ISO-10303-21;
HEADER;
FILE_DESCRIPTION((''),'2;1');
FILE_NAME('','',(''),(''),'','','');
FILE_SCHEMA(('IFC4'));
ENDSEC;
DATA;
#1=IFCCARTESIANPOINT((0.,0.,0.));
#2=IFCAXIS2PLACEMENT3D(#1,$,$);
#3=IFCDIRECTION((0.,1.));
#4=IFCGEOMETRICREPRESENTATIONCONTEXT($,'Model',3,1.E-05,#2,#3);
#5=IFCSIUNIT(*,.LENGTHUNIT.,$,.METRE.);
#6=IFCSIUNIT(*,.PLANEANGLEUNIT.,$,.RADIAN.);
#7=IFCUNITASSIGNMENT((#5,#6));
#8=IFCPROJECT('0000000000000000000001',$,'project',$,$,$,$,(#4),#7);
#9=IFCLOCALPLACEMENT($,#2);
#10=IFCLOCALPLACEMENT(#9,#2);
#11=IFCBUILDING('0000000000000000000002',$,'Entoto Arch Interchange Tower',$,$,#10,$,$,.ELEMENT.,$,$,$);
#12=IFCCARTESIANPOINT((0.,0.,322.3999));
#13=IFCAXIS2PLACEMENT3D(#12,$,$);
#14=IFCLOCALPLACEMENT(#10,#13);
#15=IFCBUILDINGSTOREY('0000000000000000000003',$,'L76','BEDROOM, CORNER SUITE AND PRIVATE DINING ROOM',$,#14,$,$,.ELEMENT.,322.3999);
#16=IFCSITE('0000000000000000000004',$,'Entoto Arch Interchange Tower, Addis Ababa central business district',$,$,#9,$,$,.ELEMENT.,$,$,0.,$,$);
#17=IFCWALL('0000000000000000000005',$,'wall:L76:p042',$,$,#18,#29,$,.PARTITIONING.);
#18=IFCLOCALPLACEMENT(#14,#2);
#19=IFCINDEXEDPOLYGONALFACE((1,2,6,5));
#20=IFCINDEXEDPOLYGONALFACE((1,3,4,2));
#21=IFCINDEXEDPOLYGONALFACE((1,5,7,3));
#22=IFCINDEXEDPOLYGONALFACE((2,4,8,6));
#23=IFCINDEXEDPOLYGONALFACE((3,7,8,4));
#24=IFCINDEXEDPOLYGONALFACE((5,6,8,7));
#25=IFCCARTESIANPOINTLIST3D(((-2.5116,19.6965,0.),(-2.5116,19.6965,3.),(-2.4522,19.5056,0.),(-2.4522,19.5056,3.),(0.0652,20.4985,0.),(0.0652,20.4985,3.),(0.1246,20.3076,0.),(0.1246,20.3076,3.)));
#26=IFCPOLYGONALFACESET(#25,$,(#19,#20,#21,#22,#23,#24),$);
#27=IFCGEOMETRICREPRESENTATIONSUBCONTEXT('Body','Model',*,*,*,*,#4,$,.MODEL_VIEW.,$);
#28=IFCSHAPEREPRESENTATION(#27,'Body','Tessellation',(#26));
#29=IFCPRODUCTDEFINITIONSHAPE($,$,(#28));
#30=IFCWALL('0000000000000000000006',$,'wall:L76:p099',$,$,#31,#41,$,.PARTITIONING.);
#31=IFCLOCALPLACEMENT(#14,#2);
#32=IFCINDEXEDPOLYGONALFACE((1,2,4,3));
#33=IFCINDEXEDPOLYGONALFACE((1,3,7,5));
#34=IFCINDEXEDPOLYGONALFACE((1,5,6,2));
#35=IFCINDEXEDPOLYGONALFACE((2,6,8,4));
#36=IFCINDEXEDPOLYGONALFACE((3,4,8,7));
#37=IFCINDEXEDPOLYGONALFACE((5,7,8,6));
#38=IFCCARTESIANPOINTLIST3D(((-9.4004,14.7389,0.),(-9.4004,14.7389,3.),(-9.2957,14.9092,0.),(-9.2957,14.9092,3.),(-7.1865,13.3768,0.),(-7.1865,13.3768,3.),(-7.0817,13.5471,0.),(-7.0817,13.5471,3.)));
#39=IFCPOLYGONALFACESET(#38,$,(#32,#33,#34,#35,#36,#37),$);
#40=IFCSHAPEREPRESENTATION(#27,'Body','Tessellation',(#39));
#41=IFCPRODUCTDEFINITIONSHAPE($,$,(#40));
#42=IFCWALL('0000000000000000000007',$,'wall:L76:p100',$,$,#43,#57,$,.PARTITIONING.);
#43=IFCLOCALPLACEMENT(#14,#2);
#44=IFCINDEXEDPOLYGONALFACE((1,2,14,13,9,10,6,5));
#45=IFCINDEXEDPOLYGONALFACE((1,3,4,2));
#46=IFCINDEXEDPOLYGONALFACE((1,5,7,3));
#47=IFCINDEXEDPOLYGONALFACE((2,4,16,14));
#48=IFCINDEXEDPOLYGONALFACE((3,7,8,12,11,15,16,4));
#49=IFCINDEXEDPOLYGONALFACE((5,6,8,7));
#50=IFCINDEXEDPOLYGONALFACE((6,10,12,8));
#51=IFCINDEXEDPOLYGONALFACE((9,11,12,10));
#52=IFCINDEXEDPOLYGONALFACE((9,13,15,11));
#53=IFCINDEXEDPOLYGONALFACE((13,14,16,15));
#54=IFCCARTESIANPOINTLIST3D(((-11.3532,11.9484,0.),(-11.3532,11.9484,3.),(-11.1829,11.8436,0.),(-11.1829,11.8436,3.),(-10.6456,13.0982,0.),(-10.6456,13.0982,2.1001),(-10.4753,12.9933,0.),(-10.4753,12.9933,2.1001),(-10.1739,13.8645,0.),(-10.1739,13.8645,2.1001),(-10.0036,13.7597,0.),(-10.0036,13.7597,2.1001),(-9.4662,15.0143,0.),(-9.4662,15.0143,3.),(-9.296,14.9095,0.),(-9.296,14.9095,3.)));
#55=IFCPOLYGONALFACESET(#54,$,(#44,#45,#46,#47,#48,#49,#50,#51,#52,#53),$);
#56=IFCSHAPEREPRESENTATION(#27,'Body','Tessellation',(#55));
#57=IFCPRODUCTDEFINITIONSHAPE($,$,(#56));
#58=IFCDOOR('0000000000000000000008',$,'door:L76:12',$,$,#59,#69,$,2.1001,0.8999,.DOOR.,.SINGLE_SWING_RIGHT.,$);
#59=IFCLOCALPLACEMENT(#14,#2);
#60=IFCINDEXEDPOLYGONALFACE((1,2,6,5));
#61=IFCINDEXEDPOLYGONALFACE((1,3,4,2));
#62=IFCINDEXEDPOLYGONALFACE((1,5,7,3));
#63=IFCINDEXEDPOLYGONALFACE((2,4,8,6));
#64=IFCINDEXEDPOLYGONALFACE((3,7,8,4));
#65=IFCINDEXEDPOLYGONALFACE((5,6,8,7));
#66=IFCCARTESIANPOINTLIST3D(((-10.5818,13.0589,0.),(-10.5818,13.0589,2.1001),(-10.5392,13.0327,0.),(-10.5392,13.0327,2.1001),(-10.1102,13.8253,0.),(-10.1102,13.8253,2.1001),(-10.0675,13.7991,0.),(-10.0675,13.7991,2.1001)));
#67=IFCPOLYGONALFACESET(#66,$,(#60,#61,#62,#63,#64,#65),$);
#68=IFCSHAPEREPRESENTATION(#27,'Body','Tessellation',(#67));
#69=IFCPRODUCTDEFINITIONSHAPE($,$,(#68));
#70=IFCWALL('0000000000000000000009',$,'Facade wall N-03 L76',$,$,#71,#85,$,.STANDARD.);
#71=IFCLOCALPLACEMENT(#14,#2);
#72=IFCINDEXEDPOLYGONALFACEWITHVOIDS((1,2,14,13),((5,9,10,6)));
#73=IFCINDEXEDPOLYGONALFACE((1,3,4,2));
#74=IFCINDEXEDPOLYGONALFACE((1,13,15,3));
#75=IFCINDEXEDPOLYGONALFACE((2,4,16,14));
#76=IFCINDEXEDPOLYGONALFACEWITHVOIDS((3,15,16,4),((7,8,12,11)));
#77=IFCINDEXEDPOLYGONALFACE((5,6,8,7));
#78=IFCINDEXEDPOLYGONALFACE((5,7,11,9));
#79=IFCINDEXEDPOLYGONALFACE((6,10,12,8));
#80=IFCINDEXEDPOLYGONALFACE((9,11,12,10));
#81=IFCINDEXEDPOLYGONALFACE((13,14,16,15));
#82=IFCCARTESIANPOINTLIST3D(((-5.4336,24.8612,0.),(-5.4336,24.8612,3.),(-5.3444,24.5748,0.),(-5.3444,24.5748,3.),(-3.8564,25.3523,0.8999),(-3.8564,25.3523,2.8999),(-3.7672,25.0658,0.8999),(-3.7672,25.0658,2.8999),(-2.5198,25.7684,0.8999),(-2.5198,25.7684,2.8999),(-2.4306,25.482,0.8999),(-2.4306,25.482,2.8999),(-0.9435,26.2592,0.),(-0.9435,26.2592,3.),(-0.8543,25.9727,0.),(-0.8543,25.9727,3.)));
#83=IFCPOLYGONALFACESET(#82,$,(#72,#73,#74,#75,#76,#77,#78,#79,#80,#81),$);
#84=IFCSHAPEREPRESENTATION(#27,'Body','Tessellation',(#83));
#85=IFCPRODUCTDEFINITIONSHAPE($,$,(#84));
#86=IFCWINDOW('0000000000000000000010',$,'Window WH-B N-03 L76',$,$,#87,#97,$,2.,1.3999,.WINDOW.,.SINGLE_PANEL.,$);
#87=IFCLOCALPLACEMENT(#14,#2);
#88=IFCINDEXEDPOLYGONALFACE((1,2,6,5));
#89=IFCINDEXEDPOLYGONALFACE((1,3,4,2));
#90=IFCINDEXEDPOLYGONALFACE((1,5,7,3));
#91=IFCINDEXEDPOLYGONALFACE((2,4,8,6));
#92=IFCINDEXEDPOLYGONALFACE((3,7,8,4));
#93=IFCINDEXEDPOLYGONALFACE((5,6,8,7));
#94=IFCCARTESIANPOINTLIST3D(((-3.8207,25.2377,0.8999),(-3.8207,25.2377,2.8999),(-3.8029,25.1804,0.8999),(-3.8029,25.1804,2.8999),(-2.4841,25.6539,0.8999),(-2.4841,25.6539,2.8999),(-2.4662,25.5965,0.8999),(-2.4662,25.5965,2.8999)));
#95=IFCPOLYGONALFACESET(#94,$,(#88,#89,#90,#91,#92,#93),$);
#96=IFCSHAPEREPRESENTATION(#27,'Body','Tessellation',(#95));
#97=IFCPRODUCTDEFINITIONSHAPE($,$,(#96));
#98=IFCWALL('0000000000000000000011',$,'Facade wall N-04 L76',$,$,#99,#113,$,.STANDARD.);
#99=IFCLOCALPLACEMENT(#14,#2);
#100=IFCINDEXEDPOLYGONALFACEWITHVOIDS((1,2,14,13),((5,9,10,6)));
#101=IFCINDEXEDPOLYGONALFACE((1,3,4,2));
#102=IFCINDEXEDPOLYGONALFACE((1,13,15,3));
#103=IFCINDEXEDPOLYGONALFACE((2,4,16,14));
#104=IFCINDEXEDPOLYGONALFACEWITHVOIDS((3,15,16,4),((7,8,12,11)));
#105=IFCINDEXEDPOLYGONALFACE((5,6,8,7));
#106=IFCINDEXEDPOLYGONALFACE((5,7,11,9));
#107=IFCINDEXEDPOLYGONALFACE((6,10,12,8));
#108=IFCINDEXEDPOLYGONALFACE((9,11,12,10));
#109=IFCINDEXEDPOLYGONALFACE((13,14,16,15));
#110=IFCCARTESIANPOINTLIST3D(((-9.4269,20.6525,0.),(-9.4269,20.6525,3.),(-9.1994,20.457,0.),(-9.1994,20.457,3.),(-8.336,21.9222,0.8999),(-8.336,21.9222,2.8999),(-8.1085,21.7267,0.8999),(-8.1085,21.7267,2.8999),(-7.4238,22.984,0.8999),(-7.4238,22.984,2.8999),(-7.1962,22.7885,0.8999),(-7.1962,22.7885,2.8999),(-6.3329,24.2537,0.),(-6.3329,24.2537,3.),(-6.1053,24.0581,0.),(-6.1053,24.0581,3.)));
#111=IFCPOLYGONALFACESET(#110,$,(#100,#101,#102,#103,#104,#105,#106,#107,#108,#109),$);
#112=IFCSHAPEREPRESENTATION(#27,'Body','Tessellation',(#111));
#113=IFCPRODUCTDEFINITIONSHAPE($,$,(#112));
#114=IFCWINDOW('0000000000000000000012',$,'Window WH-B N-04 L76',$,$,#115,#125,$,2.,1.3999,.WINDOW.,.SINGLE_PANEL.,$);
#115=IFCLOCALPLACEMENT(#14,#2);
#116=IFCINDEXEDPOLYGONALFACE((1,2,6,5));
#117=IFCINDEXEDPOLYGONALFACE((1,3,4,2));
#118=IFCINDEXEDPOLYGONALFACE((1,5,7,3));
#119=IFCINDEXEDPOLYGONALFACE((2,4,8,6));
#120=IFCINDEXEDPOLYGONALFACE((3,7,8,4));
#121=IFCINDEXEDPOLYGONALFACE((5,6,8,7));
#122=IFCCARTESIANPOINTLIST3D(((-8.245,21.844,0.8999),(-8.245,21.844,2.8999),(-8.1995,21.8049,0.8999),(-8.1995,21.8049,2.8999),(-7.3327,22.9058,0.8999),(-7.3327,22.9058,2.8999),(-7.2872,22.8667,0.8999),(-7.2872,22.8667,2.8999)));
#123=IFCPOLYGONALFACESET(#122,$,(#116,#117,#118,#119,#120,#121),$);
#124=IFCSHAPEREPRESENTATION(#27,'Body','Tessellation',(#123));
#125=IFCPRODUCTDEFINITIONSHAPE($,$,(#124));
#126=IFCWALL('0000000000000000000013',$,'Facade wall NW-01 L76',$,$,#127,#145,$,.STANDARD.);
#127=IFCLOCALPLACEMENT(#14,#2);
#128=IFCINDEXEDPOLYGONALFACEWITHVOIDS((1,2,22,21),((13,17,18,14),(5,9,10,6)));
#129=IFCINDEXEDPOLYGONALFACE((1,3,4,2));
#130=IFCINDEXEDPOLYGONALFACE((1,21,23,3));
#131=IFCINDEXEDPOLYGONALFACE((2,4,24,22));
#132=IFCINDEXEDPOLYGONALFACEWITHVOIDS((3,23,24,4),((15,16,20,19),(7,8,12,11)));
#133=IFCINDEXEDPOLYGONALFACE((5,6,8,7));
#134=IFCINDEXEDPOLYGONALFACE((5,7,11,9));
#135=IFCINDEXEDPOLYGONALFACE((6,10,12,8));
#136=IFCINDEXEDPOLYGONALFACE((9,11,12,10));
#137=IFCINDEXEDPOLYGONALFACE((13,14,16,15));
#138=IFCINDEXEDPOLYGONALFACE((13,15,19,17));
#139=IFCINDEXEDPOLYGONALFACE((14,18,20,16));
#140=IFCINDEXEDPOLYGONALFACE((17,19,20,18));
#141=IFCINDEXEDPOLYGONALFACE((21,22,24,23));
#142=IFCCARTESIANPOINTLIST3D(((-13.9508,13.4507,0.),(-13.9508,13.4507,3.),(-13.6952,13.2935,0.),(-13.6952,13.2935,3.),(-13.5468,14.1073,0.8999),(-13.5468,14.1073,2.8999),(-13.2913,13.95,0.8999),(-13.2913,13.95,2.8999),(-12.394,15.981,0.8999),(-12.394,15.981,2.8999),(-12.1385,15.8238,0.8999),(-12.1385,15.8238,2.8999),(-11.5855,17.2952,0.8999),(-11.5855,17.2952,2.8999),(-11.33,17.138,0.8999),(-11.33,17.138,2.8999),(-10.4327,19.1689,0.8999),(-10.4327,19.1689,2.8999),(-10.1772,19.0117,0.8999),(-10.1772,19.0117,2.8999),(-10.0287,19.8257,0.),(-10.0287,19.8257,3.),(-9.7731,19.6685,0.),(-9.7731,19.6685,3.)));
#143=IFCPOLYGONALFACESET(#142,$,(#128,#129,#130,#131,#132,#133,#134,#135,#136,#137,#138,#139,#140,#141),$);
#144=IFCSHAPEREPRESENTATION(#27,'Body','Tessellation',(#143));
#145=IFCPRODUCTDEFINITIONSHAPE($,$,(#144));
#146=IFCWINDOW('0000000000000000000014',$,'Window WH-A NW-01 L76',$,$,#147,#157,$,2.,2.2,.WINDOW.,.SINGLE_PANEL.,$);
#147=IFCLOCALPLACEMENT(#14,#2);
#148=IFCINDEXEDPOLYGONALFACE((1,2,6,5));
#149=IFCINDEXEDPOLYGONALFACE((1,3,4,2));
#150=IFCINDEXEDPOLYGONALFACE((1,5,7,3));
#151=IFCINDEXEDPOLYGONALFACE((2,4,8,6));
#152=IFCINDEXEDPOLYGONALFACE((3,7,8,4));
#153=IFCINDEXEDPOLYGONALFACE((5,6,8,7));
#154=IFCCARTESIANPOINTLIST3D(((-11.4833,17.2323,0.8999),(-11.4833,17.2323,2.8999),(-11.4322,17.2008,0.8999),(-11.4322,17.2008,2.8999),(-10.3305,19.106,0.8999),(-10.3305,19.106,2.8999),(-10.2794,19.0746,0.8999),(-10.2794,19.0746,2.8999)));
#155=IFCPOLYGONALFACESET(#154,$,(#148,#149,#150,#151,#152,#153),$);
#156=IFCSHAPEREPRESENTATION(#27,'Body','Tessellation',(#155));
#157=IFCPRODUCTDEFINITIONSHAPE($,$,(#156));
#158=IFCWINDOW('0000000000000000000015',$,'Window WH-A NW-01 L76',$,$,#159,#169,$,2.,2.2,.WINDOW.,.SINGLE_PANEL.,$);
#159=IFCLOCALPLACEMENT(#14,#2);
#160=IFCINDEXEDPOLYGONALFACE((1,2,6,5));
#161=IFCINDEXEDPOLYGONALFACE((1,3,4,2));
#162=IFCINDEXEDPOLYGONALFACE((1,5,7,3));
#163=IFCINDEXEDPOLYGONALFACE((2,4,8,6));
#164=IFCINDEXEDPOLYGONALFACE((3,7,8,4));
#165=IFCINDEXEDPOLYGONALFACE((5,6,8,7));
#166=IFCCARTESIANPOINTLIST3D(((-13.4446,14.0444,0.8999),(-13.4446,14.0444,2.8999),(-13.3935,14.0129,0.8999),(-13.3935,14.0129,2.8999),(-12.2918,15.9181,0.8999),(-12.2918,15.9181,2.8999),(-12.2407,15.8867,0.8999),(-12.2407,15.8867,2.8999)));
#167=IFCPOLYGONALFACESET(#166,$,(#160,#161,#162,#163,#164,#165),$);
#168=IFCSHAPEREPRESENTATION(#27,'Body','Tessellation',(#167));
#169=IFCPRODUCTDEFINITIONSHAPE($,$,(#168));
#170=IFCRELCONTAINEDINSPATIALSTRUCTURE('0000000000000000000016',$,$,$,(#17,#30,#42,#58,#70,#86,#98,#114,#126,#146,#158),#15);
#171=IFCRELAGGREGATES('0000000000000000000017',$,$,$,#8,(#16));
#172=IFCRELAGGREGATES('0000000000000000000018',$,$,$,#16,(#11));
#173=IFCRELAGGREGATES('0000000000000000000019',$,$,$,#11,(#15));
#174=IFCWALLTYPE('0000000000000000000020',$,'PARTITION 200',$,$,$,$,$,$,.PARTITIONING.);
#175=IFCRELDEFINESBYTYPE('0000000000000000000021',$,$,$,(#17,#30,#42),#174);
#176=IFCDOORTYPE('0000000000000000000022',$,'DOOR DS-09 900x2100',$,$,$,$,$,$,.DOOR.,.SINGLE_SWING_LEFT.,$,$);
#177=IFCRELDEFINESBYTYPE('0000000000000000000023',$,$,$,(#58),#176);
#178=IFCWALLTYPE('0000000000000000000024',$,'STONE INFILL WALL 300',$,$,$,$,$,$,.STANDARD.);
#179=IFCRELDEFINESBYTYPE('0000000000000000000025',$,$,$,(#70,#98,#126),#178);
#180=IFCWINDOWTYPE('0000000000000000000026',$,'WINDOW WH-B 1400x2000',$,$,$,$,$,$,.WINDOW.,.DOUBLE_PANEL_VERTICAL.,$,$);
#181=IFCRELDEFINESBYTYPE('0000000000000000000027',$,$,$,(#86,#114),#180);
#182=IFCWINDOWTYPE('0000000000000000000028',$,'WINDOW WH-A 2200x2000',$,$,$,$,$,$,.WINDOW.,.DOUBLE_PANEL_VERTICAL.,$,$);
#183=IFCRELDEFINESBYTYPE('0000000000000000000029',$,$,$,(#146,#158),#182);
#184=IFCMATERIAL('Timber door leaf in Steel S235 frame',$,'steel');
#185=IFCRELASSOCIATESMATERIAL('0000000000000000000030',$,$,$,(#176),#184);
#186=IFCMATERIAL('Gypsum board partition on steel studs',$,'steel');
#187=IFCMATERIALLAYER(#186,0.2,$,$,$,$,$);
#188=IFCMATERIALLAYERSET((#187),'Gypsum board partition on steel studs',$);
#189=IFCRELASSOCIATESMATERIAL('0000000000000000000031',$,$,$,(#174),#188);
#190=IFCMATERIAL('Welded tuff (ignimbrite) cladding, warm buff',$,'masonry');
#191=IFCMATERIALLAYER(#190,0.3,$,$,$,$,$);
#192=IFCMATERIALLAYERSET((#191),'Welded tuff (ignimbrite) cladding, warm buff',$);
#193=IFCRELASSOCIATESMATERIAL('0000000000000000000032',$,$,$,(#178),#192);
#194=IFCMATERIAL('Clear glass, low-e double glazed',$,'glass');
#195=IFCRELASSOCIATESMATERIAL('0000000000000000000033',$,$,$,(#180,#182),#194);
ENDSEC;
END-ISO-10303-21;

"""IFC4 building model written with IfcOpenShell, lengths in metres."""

from ifc_helpers import new_model, si_unit, direction, frame, frame_2d, origin, place, context, subcontext, project, spatial, rectangle, extrude, material, layer, layer_set, type_object, element, fill, save


model = new_model("IFC4")

# Units and contexts
model_context = context("Model", 3, precision=1e-05, world=origin(), true_north=direction((0.0, 1.0)))
body_context = subcontext(model_context, "Body", "Model", "MODEL_VIEW")
ifc_project = project(units=[si_unit("LENGTHUNIT", "METRE"), si_unit("PLANEANGLEUNIT", "RADIAN")], contexts=[model_context])

# Site, building, storey
site_placement = place(None, origin())
site = spatial("IfcSite", under=ifc_project, at=site_placement, Name="Entoto Arch Interchange Tower, Addis Ababa central business district", CompositionType="ELEMENT", RefElevation=0.0)
building_placement = place(site_placement, origin())
building = spatial("IfcBuilding", under=site, at=building_placement, Name="Entoto Arch Interchange Tower", CompositionType="ELEMENT")
storey_placement = place(building_placement, frame((0.0, 0.0, 322.3999)))
storey = spatial("IfcBuildingStorey", under=building, at=storey_placement, Name="L76", Description="BEDROOM, CORNER SUITE AND PRIVATE DINING ROOM", CompositionType="ELEMENT", Elevation=322.3999)

# Shared definitions
ifc_material_1 = material(Name="Gypsum board partition on steel studs", Category="steel")
ifc_material_2 = material(Name="Timber door leaf in Steel S235 frame", Category="steel")
door_type_1 = type_object("IfcDoorType", Name="DOOR DS-09 900x2100", OperationType="SINGLE_SWING_LEFT", PredefinedType="DOOR", material=ifc_material_2)

# Shared definitions
ifc_layer_1 = layer(ifc_material_1, 0.2)
ifc_layer_set_1 = layer_set([ifc_layer_1], Name="Gypsum board partition on steel studs")
wall_type_1 = type_object("IfcWallType", Name="PARTITION 200", PredefinedType="PARTITIONING", material=ifc_layer_set_1)

# Walls
wall_1_placement = place(storey_placement, frame((-2.4819, 19.6011, 0.0), z_axis=(0.0, 0.0, 1.0), x_axis=(0.954825, 0.297167, 0.0)))
element("IfcWall", 1, at=wall_1_placement, inside=storey, type_object=wall_type_1, Name="wall:L76:p042", PredefinedType="PARTITIONING", context=body_context, shape_type="SweptSolid", body=[
    extrude(rectangle(XDim=2.6987, YDim=0.2, at=frame_2d((1.3494, 0.0))), origin(), (0.0, 0.0, 1.0), 3.0),
])
wall_2_placement = place(storey_placement, frame((-7.134, 13.4619, 0.0), z_axis=(0.0, 0.0, 1.0), x_axis=(-0.851713, 0.524008, 0.0)))
element("IfcWall", 2, at=wall_2_placement, inside=storey, type_object=wall_type_1, Name="wall:L76:p099", PredefinedType="PARTITIONING", context=body_context, shape_type="SweptSolid", body=[
    extrude(rectangle(XDim=2.5994, YDim=0.2, at=frame_2d((1.2998, 0.0))), origin(), (0.0, 0.0, 1.0), 3.0),
])

# Wall, opening, door
wall_3_placement = place(storey_placement, frame((-9.3811, 14.9619, 0.0), z_axis=(0.0, 0.0, 1.0), x_axis=(-0.524147, -0.851628, 0.0)))
wall_3 = element("IfcWall", 3, at=wall_3_placement, inside=storey, type_object=wall_type_1, Name="wall:L76:p100", PredefinedType="PARTITIONING", context=body_context, shape_type="SweptSolid", body=[
    extrude(rectangle(XDim=3.6001, YDim=0.2, at=frame_2d((1.8, 0.0))), origin(), (0.0, 0.0, 1.0), 3.0),
])
opening_1_placement = place(wall_3_placement, frame((1.3501, 0.0, 0.0)))
opening_1 = element("IfcOpeningElement", 4, at=opening_1_placement, cuts=wall_3, PredefinedType="OPENING", context=body_context, shape_type="SweptSolid", body=[
    extrude(rectangle(XDim=0.8999, YDim=2.1001, at=frame_2d((0.45, 1.05))), frame((0.0, 0.1099, 0.0), z_axis=(0.0, -1.0, 0.0), x_axis=(1.0, 0.0, 0.0)), (0.0, 0.0, 1.0), 0.22),
])
door_1_placement = place(opening_1_placement, origin())
door_1 = element("IfcDoor", 5, at=door_1_placement, inside=storey, type_object=door_type_1, Name="door:L76:12", OperationType="SINGLE_SWING_RIGHT", OverallHeight=2.1001, OverallWidth=0.8999, PredefinedType="DOOR", context=body_context, shape_type="SweptSolid", body=[
    extrude(rectangle(XDim=0.8999, YDim=2.1001, at=frame_2d((0.45, 1.05))), frame((0.0, 0.0249, 0.0), z_axis=(0.0, -1.0, 0.0), x_axis=(1.0, 0.0, 0.0)), (0.0, 0.0, 1.0), 0.05),
])
fill(opening_1, door_1)

# Walls, openings, windows
ifc_material_3 = material(Name="Welded tuff (ignimbrite) cladding, warm buff", Category="masonry")
ifc_layer_2 = layer(ifc_material_3, 0.3)
ifc_layer_set_2 = layer_set([ifc_layer_2], Name="Welded tuff (ignimbrite) cladding, warm buff")
wall_type_2 = type_object("IfcWallType", Name="STONE INFILL WALL 300", PredefinedType="STANDARD", material=ifc_layer_set_2)
wall_4_placement = place(storey_placement, frame((-0.8989, 26.116, 0.0), z_axis=(0.0, 0.0, 1.0), x_axis=(-0.954793, -0.297273, 0.0)))
wall_4 = element("IfcWall", 6, at=wall_4_placement, inside=storey, type_object=wall_type_2, Name="Facade wall N-03 L76", PredefinedType="STANDARD", context=body_context, shape_type="SweptSolid", body=[
    extrude(rectangle(XDim=4.7026, YDim=0.3, at=frame_2d((2.3513, 0.0))), origin(), (0.0, 0.0, 1.0), 3.0),
])
opening_2_placement = place(wall_4_placement, frame((1.6509, 0.0, 0.8999)))
opening_2 = element("IfcOpeningElement", 7, at=opening_2_placement, cuts=wall_4, PredefinedType="OPENING", context=body_context, shape_type="SweptSolid", body=[
    extrude(rectangle(XDim=1.3999, YDim=2.0, at=frame_2d((0.7, 1.0))), frame((0.0, 0.1602, 0.0), z_axis=(0.0, -1.0, 0.0), x_axis=(1.0, 0.0, 0.0)), (0.0, 0.0, 1.0), 0.3201),
])
ifc_material_4 = material(Name="Clear glass, low-e double glazed", Category="glass")
window_type_1 = type_object("IfcWindowType", Name="WINDOW WH-B 1400x2000", PartitioningType="DOUBLE_PANEL_VERTICAL", PredefinedType="WINDOW", material=ifc_material_4)
window_1_placement = place(opening_2_placement, origin())
window_1 = element("IfcWindow", 8, at=window_1_placement, inside=storey, type_object=window_type_1, Name="Window WH-B N-03 L76", OverallHeight=2.0, OverallWidth=1.3999, PartitioningType="SINGLE_PANEL", PredefinedType="WINDOW", context=body_context, shape_type="SweptSolid", body=[
    extrude(rectangle(XDim=1.3999, YDim=2.0, at=frame_2d((0.7, 1.0))), frame((0.0, 0.03, 0.0), z_axis=(0.0, -1.0, 0.0), x_axis=(1.0, 0.0, 0.0)), (0.0, 0.0, 1.0), 0.0601),
])
fill(opening_2, window_1)
wall_5_placement = place(storey_placement, frame((-6.219, 24.156, 0.0), z_axis=(0.0, 0.0, 1.0), x_axis=(-0.651684, -0.75849, 0.0)))
wall_5 = element("IfcWall", 9, at=wall_5_placement, inside=storey, type_object=wall_type_2, Name="Facade wall N-04 L76", PredefinedType="STANDARD", context=body_context, shape_type="SweptSolid", body=[
    extrude(rectangle(XDim=4.7478, YDim=0.3, at=frame_2d((2.374, 0.0))), origin(), (0.0, 0.0, 1.0), 3.0),
])
opening_3_placement = place(wall_5_placement, frame((1.6741, 0.0, 0.8999)))
opening_3 = element("IfcOpeningElement", 10, at=opening_3_placement, cuts=wall_5, PredefinedType="OPENING", context=body_context, shape_type="SweptSolid", body=[
    extrude(rectangle(XDim=1.3999, YDim=2.0, at=frame_2d((0.7, 1.0))), frame((0.0, 0.1602, 0.0), z_axis=(0.0, -1.0, 0.0), x_axis=(1.0, 0.0, 0.0)), (0.0, 0.0, 1.0), 0.3201),
])
window_2_placement = place(opening_3_placement, origin())
window_2 = element("IfcWindow", 11, at=window_2_placement, inside=storey, type_object=window_type_1, Name="Window WH-B N-04 L76", OverallHeight=2.0, OverallWidth=1.3999, PartitioningType="SINGLE_PANEL", PredefinedType="WINDOW", context=body_context, shape_type="SweptSolid", body=[
    extrude(rectangle(XDim=1.3999, YDim=2.0, at=frame_2d((0.7, 1.0))), frame((0.0, 0.03, 0.0), z_axis=(0.0, -1.0, 0.0), x_axis=(1.0, 0.0, 0.0)), (0.0, 0.0, 1.0), 0.0601),
])
fill(opening_3, window_2)

# Wall, openings, windows
wall_6_placement = place(storey_placement, frame((-9.9009, 19.7471, 0.0), z_axis=(0.0, 0.0, 1.0), x_axis=(-0.524005, -0.851715, 0.0)))
wall_6 = element("IfcWall", 12, at=wall_6_placement, inside=storey, type_object=wall_type_2, Name="Facade wall NW-01 L76", PredefinedType="STANDARD", context=body_context, shape_type="SweptSolid", body=[
    extrude(rectangle(XDim=7.4849, YDim=0.3, at=frame_2d((3.7424, 0.0))), origin(), (0.0, 0.0, 1.0), 3.0),
])
opening_4_placement = place(wall_6_placement, frame((0.771, 0.0, 0.8999)))
opening_4 = element("IfcOpeningElement", 13, at=opening_4_placement, cuts=wall_6, PredefinedType="OPENING", context=body_context, shape_type="SweptSolid", body=[
    extrude(rectangle(XDim=2.2, YDim=2.0, at=frame_2d((1.1001, 1.0))), frame((0.0, 0.1602, 0.0), z_axis=(0.0, -1.0, 0.0), x_axis=(1.0, 0.0, 0.0)), (0.0, 0.0, 1.0), 0.3201),
])
opening_5_placement = place(wall_6_placement, frame((4.5139, 0.0, 0.8999)))
opening_5 = element("IfcOpeningElement", 14, at=opening_5_placement, cuts=wall_6, PredefinedType="OPENING", context=body_context, shape_type="SweptSolid", body=[
    extrude(rectangle(XDim=2.2, YDim=2.0, at=frame_2d((1.1001, 1.0))), frame((0.0, 0.1602, 0.0), z_axis=(0.0, -1.0, 0.0), x_axis=(1.0, 0.0, 0.0)), (0.0, 0.0, 1.0), 0.3201),
])
window_type_2 = type_object("IfcWindowType", Name="WINDOW WH-A 2200x2000", PartitioningType="DOUBLE_PANEL_VERTICAL", PredefinedType="WINDOW", material=ifc_material_4)
window_3_placement = place(opening_4_placement, origin())
window_3 = element("IfcWindow", 15, at=window_3_placement, inside=storey, type_object=window_type_2, Name="Window WH-A NW-01 L76", OverallHeight=2.0, OverallWidth=2.2, PartitioningType="SINGLE_PANEL", PredefinedType="WINDOW", context=body_context, shape_type="SweptSolid", body=[
    extrude(rectangle(XDim=2.2, YDim=2.0, at=frame_2d((1.1001, 1.0))), frame((0.0, 0.03, 0.0), z_axis=(0.0, -1.0, 0.0), x_axis=(1.0, 0.0, 0.0)), (0.0, 0.0, 1.0), 0.0601),
])
fill(opening_4, window_3)
window_4_placement = place(opening_5_placement, origin())
window_4 = element("IfcWindow", 16, at=window_4_placement, inside=storey, type_object=window_type_2, Name="Window WH-A NW-01 L76", OverallHeight=2.0, OverallWidth=2.2, PartitioningType="SINGLE_PANEL", PredefinedType="WINDOW", context=body_context, shape_type="SweptSolid", body=[
    extrude(rectangle(XDim=2.2, YDim=2.0, at=frame_2d((1.1001, 1.0))), frame((0.0, 0.03, 0.0), z_axis=(0.0, -1.0, 0.0), x_axis=(1.0, 0.0, 0.0)), (0.0, 0.0, 1.0), 0.0601),
])
fill(opening_5, window_4)

save(model, "model.ifc")
